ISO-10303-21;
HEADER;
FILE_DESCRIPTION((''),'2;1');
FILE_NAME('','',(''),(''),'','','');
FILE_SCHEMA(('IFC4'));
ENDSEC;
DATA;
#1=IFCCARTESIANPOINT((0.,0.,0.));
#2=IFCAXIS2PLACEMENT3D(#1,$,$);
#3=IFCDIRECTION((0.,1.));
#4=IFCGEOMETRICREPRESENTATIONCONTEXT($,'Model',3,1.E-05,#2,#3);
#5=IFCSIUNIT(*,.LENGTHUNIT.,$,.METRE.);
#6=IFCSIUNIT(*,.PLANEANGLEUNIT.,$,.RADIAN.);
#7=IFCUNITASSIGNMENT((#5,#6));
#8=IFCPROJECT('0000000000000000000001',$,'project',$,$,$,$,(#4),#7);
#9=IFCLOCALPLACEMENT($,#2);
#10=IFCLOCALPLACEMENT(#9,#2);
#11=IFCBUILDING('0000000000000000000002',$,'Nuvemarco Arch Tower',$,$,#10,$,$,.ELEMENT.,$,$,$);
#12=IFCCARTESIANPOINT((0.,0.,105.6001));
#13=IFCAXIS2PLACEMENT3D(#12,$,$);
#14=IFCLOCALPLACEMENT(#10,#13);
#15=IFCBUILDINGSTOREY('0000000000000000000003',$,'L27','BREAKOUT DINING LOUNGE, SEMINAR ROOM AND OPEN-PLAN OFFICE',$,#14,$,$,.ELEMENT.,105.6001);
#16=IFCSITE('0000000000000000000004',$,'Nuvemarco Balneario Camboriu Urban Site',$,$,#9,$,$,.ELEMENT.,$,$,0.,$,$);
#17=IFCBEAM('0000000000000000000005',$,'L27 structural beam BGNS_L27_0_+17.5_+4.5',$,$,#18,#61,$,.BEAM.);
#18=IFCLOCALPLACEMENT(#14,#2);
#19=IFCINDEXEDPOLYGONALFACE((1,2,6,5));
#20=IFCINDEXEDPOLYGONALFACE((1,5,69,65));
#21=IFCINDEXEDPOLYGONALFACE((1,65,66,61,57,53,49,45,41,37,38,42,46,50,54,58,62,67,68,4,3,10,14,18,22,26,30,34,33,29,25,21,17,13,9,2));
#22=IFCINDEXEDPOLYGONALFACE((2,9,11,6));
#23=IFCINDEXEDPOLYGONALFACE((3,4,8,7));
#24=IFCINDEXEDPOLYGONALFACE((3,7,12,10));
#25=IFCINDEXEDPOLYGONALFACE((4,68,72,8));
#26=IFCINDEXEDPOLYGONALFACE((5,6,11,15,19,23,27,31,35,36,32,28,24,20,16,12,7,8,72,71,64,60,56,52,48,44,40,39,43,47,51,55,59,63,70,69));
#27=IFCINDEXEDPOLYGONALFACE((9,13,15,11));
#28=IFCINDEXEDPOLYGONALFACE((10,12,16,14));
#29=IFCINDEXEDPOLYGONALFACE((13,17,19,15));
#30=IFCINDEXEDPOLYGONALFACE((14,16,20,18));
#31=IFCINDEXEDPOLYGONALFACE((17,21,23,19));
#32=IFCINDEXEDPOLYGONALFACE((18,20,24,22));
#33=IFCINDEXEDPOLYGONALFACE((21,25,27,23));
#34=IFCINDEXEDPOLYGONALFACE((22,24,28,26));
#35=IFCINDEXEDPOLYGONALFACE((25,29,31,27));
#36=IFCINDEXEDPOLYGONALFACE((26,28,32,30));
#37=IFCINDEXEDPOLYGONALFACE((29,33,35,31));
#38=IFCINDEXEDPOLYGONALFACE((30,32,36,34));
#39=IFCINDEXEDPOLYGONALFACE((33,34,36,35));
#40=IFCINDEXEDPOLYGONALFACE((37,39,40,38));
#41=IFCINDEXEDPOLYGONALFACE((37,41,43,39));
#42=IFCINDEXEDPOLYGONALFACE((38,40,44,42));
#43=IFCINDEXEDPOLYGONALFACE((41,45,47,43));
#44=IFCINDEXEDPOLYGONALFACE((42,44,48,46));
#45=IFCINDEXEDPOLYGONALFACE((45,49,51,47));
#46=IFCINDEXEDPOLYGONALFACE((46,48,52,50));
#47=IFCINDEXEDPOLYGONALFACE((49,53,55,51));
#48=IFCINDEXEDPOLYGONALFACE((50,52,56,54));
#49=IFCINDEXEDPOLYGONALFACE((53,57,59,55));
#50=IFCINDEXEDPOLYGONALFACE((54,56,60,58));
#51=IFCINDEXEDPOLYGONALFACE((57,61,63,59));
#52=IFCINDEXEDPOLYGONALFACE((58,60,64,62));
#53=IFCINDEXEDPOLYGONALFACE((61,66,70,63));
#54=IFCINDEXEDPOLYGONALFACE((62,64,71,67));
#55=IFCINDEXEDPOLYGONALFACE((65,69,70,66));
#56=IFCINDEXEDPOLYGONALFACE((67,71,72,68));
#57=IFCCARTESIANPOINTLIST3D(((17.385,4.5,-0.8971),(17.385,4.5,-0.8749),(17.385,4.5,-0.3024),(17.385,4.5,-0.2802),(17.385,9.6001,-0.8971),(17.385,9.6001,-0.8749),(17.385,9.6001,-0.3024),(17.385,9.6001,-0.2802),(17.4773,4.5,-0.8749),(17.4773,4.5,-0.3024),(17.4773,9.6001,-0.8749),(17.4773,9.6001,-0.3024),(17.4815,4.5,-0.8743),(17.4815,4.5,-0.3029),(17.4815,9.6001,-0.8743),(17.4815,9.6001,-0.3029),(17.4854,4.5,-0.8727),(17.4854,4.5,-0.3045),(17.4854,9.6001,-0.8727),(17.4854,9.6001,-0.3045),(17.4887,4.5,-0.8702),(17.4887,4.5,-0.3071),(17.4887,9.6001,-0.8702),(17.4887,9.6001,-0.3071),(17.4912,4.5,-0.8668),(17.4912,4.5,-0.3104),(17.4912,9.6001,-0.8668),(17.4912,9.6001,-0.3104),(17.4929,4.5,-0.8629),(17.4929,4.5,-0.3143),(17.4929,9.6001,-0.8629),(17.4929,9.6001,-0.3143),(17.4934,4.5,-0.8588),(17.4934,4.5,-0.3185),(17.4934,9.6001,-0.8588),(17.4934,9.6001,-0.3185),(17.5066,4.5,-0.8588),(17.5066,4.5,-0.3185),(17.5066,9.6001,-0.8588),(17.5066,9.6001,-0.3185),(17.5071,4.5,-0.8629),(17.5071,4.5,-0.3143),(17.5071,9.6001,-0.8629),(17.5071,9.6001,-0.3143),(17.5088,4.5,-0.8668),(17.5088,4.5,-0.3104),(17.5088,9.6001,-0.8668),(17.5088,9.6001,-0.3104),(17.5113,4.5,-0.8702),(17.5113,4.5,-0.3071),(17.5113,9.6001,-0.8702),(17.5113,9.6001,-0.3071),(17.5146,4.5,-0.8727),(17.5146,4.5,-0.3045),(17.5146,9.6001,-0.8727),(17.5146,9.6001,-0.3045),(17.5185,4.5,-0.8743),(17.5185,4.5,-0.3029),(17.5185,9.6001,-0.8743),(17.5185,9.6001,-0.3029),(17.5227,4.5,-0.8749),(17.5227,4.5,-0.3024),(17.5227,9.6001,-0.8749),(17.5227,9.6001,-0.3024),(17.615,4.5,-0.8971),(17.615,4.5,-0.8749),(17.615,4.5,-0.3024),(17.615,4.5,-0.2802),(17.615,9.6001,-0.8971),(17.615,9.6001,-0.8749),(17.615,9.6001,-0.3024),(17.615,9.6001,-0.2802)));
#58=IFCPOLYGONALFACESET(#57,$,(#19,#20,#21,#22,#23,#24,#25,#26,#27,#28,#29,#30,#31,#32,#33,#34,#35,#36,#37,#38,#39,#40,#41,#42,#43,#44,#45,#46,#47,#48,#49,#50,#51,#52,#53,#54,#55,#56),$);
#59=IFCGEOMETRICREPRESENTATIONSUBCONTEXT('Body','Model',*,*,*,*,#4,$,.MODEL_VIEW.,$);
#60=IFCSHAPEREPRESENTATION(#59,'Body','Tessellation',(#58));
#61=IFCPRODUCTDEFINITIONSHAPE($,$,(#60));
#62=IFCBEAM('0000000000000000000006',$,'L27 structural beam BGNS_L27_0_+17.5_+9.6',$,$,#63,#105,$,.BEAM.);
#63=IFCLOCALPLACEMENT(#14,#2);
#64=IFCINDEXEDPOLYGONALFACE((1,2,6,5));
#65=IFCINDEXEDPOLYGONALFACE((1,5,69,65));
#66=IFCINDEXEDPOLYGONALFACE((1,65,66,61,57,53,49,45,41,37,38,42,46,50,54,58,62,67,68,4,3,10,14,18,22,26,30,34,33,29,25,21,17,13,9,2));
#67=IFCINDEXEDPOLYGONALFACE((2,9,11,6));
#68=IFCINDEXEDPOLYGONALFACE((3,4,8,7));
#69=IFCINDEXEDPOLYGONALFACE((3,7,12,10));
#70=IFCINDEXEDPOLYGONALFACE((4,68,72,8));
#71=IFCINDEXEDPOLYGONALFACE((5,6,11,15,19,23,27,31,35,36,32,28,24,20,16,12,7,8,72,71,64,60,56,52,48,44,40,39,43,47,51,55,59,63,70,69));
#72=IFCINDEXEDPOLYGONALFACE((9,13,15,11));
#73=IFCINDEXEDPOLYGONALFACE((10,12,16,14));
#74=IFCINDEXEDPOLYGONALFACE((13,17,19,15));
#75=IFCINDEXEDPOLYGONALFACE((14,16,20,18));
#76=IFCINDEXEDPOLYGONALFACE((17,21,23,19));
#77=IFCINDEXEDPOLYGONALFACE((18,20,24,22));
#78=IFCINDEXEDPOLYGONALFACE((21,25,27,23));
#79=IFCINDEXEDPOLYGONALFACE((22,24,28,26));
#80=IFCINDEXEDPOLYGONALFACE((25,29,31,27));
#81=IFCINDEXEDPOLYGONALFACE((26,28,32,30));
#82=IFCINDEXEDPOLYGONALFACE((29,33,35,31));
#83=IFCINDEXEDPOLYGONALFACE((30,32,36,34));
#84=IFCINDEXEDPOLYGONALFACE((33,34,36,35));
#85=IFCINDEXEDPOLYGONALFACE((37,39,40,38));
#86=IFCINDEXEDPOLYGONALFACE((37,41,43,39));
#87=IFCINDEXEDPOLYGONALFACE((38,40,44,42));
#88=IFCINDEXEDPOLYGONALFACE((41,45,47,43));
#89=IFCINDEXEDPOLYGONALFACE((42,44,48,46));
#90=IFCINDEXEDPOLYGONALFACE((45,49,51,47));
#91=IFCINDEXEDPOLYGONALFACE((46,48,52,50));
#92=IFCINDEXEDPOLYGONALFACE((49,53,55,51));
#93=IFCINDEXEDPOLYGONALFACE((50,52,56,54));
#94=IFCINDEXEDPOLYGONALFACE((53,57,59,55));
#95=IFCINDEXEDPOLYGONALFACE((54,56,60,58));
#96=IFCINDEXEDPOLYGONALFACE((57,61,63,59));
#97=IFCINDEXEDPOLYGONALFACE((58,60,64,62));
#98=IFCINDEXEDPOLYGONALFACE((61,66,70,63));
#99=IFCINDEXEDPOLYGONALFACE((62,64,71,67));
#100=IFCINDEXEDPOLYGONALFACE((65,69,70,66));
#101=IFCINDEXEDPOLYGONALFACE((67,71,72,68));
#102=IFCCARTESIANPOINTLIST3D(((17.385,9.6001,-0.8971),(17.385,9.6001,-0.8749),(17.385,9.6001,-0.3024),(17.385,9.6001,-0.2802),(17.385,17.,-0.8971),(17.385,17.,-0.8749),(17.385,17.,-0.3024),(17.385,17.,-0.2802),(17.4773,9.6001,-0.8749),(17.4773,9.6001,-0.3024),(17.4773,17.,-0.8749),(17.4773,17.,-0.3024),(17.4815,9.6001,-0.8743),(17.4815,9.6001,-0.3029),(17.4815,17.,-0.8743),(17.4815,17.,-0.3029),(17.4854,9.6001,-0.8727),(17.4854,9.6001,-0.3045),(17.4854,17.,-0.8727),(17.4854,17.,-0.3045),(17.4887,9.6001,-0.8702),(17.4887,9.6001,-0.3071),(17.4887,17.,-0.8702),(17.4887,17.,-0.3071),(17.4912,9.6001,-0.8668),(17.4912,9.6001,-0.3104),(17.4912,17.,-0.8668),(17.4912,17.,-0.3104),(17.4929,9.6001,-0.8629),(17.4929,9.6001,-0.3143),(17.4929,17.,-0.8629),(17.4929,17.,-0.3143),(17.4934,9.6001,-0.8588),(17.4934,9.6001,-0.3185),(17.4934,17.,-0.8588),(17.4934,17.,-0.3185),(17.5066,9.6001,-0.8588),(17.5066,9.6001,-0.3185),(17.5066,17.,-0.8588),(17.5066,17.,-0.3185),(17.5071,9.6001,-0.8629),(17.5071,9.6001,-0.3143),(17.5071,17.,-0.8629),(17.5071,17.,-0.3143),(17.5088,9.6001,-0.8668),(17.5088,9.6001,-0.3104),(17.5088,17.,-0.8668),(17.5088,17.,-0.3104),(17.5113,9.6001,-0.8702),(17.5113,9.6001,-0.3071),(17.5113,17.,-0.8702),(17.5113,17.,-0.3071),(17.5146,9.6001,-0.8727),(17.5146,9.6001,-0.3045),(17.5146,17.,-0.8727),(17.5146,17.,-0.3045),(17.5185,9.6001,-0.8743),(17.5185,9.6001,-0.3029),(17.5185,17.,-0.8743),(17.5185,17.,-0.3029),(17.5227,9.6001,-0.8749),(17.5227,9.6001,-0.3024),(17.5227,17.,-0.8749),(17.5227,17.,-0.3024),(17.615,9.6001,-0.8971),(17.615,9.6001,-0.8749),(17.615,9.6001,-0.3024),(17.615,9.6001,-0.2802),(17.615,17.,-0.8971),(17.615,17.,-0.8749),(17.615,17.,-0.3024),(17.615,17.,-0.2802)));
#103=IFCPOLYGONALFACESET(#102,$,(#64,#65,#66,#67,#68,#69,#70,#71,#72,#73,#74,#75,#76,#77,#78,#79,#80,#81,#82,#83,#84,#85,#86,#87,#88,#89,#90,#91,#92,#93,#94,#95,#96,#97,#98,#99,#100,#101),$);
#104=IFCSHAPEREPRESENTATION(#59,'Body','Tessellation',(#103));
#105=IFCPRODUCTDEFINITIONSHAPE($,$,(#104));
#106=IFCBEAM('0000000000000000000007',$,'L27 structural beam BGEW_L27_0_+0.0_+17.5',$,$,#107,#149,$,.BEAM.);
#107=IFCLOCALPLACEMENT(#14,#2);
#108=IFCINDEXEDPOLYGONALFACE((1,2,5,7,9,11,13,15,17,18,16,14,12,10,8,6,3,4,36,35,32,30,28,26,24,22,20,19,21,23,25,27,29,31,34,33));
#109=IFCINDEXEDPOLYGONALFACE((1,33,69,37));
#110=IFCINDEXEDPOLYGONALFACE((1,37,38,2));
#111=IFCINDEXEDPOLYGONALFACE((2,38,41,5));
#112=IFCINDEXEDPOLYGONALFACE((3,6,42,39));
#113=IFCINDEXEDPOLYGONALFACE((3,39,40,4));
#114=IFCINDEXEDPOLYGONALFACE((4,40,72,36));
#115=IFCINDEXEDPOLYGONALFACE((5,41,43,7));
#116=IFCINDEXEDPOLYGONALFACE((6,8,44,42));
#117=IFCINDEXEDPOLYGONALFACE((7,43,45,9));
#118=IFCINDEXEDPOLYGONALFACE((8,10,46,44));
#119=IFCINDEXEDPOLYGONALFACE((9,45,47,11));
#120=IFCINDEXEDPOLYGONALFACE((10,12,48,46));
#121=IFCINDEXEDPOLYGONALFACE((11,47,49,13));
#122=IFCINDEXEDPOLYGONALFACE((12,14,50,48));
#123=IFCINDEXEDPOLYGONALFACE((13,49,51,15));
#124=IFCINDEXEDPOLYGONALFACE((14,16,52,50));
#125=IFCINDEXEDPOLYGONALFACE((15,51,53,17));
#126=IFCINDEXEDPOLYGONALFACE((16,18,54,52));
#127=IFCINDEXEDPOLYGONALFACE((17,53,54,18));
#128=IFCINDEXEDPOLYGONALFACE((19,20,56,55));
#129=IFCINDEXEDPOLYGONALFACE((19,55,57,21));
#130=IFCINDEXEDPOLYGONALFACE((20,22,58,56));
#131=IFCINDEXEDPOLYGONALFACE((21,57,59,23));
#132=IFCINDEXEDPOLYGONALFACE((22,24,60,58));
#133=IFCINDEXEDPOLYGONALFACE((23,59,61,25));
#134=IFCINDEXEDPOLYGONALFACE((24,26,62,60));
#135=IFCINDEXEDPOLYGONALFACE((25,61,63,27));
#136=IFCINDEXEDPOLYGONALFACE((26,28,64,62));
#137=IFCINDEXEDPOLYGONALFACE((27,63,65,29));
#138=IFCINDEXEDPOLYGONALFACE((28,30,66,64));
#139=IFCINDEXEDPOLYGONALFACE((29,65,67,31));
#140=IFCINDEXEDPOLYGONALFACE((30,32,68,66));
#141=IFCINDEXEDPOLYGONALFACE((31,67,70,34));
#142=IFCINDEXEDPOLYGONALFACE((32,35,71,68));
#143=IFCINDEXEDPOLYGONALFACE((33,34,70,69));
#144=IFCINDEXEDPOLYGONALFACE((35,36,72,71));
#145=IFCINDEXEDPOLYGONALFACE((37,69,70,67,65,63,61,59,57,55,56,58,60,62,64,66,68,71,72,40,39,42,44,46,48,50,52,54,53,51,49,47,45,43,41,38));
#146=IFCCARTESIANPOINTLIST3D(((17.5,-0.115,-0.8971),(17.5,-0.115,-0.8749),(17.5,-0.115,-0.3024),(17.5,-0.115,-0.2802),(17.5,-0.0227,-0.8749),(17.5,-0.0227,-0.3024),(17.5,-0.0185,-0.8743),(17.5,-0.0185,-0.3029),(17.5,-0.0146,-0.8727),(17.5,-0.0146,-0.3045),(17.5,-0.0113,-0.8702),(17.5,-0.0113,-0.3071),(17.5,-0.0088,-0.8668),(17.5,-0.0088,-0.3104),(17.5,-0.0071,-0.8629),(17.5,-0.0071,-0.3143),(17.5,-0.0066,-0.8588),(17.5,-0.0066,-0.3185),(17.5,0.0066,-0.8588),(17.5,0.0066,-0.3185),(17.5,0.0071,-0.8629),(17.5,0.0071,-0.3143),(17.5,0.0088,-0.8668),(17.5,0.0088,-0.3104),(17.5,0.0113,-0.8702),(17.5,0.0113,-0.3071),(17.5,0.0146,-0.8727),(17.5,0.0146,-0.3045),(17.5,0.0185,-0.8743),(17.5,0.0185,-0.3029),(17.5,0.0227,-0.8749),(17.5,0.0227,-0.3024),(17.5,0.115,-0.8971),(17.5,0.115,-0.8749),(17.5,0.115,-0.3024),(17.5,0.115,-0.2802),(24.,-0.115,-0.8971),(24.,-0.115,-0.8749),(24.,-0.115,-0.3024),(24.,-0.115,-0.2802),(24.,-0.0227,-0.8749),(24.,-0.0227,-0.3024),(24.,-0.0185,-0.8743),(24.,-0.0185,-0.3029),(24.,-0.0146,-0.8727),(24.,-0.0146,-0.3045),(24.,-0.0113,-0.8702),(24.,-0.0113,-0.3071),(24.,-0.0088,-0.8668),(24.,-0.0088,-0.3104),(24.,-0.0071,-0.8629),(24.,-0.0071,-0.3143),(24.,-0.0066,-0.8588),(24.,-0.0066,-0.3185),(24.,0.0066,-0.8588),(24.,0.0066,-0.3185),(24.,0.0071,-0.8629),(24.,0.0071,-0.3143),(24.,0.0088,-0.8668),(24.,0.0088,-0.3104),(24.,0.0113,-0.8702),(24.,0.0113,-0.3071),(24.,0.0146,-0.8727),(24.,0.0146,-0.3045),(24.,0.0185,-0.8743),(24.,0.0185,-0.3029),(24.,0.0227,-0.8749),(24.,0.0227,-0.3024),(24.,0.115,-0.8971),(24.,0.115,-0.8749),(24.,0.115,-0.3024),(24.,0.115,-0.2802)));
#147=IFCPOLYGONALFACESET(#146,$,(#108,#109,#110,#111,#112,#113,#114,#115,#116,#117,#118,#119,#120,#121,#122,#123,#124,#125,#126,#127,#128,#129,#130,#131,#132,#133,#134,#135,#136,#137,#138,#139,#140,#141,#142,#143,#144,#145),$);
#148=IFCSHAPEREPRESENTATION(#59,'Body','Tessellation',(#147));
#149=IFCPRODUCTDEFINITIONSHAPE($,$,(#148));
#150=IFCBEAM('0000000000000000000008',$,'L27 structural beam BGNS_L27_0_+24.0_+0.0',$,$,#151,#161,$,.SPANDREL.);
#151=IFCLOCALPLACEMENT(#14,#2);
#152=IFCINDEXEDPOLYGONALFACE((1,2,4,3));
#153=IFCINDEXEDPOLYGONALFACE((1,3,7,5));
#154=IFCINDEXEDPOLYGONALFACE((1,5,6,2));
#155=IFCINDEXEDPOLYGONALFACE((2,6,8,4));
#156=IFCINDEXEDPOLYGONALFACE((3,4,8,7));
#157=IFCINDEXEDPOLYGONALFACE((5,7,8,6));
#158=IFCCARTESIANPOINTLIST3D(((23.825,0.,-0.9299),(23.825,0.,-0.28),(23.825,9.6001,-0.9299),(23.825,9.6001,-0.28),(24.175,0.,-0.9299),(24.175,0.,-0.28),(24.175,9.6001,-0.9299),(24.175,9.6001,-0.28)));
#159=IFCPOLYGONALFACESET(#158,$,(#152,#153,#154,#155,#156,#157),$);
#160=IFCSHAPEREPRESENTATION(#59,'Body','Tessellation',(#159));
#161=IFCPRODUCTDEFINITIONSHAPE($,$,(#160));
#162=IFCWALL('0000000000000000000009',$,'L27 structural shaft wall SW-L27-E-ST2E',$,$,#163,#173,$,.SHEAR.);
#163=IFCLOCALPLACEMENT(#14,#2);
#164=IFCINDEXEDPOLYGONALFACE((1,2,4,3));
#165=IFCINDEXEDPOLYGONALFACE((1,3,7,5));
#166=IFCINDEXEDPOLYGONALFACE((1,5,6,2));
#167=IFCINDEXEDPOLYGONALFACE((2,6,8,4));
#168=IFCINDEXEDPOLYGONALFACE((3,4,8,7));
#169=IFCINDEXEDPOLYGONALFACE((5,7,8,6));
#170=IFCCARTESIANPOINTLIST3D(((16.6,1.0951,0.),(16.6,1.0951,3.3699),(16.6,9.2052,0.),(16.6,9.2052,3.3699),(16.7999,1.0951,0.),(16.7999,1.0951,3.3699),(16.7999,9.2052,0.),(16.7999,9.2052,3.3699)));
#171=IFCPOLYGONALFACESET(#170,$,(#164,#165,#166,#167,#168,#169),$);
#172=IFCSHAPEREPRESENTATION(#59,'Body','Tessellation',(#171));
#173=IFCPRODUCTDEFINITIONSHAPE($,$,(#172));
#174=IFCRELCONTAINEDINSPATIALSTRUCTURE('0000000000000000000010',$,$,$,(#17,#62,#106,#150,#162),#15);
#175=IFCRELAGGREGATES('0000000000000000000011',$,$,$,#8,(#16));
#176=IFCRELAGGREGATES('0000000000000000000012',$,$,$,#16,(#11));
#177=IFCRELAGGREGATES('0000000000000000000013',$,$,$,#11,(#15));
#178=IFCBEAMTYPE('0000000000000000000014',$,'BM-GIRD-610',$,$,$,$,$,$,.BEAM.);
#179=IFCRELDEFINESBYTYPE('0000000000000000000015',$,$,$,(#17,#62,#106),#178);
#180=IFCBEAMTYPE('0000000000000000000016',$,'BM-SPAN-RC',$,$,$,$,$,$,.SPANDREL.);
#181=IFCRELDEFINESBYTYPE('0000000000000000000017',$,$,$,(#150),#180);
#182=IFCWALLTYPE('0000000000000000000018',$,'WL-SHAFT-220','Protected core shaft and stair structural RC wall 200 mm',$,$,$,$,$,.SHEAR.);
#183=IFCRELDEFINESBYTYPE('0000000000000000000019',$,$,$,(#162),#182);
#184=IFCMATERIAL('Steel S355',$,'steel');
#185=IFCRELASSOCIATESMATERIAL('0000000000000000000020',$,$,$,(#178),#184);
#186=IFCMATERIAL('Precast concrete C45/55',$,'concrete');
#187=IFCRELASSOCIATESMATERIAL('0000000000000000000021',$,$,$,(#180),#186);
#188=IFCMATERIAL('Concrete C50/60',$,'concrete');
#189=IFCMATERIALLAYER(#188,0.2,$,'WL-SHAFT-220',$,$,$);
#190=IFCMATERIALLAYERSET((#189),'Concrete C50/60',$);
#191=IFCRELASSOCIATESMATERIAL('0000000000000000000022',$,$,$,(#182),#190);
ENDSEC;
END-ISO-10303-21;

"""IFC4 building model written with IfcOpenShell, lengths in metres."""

from ifc_helpers import new_model, si_unit, direction, frame, frame_2d, origin, origin_2d, place, context, subcontext, project, spatial, rectangle, i_section, extrude, material, layer, layer_set, material_profile, profile_set, type_object, element, save


model = new_model("IFC4")

# Units and contexts
model_context = context("Model", 3, precision=1e-05, world=origin(), true_north=direction((0.0, 1.0)))
body_context = subcontext(model_context, "Body", "Model", "MODEL_VIEW")
ifc_project = project(units=[si_unit("LENGTHUNIT", "METRE"), si_unit("PLANEANGLEUNIT", "RADIAN")], contexts=[model_context])

# Site, building, storey
site_placement = place(None, origin())
site = spatial("IfcSite", under=ifc_project, at=site_placement, Name="Nuvemarco Balneario Camboriu Urban Site", CompositionType="ELEMENT", RefElevation=0.0)
building_placement = place(site_placement, origin())
building = spatial("IfcBuilding", under=site, at=building_placement, Name="Nuvemarco Arch Tower", CompositionType="ELEMENT")
storey_placement = place(building_placement, frame((0.0, 0.0, 105.6001)))
storey = spatial("IfcBuildingStorey", under=building, at=storey_placement, Name="L27", Description="BREAKOUT DINING LOUNGE, SEMINAR ROOM AND OPEN-PLAN OFFICE", CompositionType="ELEMENT", Elevation=105.6001)

# Shared definitions
ifc_material_1 = material(Name="Steel S355", Category="steel")

# Beams
ifc_material_profile_1 = material_profile(ifc_material_1, i_section(OverallWidth=0.23, OverallDepth=0.6169, WebThickness=0.0132, FlangeThickness=0.0222, FilletRadius=0.0161, at=origin_2d()), Name="W610x140")
ifc_profile_set_1 = profile_set([ifc_material_profile_1], Name="Steel S355")
beam_type_1 = type_object("IfcBeamType", Name="BM-GIRD-610", PredefinedType="BEAM", material=ifc_profile_set_1)
beam_1_placement = place(storey_placement, frame((17.5, 4.5, -0.5886), z_axis=(0.0, 1.0, 0.0), x_axis=(-1.0, 0.0, 0.0)))
element("IfcBeam", 1, at=beam_1_placement, inside=storey, type_object=beam_type_1, Name="L27 structural beam BGNS_L27_0_+17.5_+4.5", PredefinedType="BEAM", context=body_context, shape_type="SweptSolid", body=[
    extrude(i_section(OverallWidth=0.23, OverallDepth=0.6169, WebThickness=0.0132, FlangeThickness=0.0222, FilletRadius=0.0161, at=origin_2d()), origin(), (0.0, 0.0, 1.0), 5.1001),
])
beam_2_placement = place(storey_placement, frame((17.5, 9.6001, -0.5886), z_axis=(0.0, 1.0, 0.0), x_axis=(-1.0, 0.0, 0.0)))
element("IfcBeam", 2, at=beam_2_placement, inside=storey, type_object=beam_type_1, Name="L27 structural beam BGNS_L27_0_+17.5_+9.6", PredefinedType="BEAM", context=body_context, shape_type="SweptSolid", body=[
    extrude(i_section(OverallWidth=0.23, OverallDepth=0.6169, WebThickness=0.0132, FlangeThickness=0.0222, FilletRadius=0.0161, at=origin_2d()), origin(), (0.0, 0.0, 1.0), 7.3999),
])
beam_3_placement = place(storey_placement, frame((17.5, 0.0, -0.5886), z_axis=(1.0, 0.0, 0.0), x_axis=(0.0, 1.0, 0.0)))
element("IfcBeam", 3, at=beam_3_placement, inside=storey, type_object=beam_type_1, Name="L27 structural beam BGEW_L27_0_+0.0_+17.5", PredefinedType="BEAM", context=body_context, shape_type="SweptSolid", body=[
    extrude(i_section(OverallWidth=0.23, OverallDepth=0.6169, WebThickness=0.0132, FlangeThickness=0.0222, FilletRadius=0.0161, at=origin_2d()), origin(), (0.0, 0.0, 1.0), 6.5),
])
ifc_material_2 = material(Name="Precast concrete C45/55", Category="concrete")
ifc_material_profile_2 = material_profile(ifc_material_2, rectangle(XDim=0.3501, YDim=0.6499, at=origin_2d()), Name="PC-SP-350x650")
ifc_profile_set_2 = profile_set([ifc_material_profile_2], Name="Precast concrete C45/55")
beam_type_2 = type_object("IfcBeamType", Name="BM-SPAN-RC", PredefinedType="SPANDREL", material=ifc_profile_set_2)
beam_4_placement = place(storey_placement, frame((24.0, 0.0, -0.605), z_axis=(0.0, 1.0, 0.0), x_axis=(-1.0, 0.0, 0.0)))
element("IfcBeam", 4, at=beam_4_placement, inside=storey, type_object=beam_type_2, Name="L27 structural beam BGNS_L27_0_+24.0_+0.0", PredefinedType="SPANDREL", context=body_context, shape_type="SweptSolid", body=[
    extrude(rectangle(XDim=0.3501, YDim=0.6499, at=origin_2d()), origin(), (0.0, 0.0, 1.0), 9.6001),
])

# Wall
ifc_material_3 = material(Name="Concrete C50/60", Category="concrete")
ifc_layer = layer(ifc_material_3, 0.2, Name="WL-SHAFT-220")
ifc_layer_set = layer_set([ifc_layer], Name="Concrete C50/60")
wall_type = type_object("IfcWallType", Name="WL-SHAFT-220", Description="Protected core shaft and stair structural RC wall 200 mm", PredefinedType="SHEAR", material=ifc_layer_set)
wall_placement = place(storey_placement, frame((16.7, 1.095, 0.0), z_axis=(0.0, 0.0, 1.0), x_axis=(0.0, 1.0, 0.0)))
element("IfcWall", 5, at=wall_placement, inside=storey, type_object=wall_type, Name="L27 structural shaft wall SW-L27-E-ST2E", PredefinedType="SHEAR", context=body_context, shape_type="SweptSolid", body=[
    extrude(rectangle(XDim=8.1101, YDim=0.2, at=frame_2d((4.0552, 0.0))), origin(), (0.0, 0.0, 1.0), 3.3699),
])

save(model, "model.ifc")
